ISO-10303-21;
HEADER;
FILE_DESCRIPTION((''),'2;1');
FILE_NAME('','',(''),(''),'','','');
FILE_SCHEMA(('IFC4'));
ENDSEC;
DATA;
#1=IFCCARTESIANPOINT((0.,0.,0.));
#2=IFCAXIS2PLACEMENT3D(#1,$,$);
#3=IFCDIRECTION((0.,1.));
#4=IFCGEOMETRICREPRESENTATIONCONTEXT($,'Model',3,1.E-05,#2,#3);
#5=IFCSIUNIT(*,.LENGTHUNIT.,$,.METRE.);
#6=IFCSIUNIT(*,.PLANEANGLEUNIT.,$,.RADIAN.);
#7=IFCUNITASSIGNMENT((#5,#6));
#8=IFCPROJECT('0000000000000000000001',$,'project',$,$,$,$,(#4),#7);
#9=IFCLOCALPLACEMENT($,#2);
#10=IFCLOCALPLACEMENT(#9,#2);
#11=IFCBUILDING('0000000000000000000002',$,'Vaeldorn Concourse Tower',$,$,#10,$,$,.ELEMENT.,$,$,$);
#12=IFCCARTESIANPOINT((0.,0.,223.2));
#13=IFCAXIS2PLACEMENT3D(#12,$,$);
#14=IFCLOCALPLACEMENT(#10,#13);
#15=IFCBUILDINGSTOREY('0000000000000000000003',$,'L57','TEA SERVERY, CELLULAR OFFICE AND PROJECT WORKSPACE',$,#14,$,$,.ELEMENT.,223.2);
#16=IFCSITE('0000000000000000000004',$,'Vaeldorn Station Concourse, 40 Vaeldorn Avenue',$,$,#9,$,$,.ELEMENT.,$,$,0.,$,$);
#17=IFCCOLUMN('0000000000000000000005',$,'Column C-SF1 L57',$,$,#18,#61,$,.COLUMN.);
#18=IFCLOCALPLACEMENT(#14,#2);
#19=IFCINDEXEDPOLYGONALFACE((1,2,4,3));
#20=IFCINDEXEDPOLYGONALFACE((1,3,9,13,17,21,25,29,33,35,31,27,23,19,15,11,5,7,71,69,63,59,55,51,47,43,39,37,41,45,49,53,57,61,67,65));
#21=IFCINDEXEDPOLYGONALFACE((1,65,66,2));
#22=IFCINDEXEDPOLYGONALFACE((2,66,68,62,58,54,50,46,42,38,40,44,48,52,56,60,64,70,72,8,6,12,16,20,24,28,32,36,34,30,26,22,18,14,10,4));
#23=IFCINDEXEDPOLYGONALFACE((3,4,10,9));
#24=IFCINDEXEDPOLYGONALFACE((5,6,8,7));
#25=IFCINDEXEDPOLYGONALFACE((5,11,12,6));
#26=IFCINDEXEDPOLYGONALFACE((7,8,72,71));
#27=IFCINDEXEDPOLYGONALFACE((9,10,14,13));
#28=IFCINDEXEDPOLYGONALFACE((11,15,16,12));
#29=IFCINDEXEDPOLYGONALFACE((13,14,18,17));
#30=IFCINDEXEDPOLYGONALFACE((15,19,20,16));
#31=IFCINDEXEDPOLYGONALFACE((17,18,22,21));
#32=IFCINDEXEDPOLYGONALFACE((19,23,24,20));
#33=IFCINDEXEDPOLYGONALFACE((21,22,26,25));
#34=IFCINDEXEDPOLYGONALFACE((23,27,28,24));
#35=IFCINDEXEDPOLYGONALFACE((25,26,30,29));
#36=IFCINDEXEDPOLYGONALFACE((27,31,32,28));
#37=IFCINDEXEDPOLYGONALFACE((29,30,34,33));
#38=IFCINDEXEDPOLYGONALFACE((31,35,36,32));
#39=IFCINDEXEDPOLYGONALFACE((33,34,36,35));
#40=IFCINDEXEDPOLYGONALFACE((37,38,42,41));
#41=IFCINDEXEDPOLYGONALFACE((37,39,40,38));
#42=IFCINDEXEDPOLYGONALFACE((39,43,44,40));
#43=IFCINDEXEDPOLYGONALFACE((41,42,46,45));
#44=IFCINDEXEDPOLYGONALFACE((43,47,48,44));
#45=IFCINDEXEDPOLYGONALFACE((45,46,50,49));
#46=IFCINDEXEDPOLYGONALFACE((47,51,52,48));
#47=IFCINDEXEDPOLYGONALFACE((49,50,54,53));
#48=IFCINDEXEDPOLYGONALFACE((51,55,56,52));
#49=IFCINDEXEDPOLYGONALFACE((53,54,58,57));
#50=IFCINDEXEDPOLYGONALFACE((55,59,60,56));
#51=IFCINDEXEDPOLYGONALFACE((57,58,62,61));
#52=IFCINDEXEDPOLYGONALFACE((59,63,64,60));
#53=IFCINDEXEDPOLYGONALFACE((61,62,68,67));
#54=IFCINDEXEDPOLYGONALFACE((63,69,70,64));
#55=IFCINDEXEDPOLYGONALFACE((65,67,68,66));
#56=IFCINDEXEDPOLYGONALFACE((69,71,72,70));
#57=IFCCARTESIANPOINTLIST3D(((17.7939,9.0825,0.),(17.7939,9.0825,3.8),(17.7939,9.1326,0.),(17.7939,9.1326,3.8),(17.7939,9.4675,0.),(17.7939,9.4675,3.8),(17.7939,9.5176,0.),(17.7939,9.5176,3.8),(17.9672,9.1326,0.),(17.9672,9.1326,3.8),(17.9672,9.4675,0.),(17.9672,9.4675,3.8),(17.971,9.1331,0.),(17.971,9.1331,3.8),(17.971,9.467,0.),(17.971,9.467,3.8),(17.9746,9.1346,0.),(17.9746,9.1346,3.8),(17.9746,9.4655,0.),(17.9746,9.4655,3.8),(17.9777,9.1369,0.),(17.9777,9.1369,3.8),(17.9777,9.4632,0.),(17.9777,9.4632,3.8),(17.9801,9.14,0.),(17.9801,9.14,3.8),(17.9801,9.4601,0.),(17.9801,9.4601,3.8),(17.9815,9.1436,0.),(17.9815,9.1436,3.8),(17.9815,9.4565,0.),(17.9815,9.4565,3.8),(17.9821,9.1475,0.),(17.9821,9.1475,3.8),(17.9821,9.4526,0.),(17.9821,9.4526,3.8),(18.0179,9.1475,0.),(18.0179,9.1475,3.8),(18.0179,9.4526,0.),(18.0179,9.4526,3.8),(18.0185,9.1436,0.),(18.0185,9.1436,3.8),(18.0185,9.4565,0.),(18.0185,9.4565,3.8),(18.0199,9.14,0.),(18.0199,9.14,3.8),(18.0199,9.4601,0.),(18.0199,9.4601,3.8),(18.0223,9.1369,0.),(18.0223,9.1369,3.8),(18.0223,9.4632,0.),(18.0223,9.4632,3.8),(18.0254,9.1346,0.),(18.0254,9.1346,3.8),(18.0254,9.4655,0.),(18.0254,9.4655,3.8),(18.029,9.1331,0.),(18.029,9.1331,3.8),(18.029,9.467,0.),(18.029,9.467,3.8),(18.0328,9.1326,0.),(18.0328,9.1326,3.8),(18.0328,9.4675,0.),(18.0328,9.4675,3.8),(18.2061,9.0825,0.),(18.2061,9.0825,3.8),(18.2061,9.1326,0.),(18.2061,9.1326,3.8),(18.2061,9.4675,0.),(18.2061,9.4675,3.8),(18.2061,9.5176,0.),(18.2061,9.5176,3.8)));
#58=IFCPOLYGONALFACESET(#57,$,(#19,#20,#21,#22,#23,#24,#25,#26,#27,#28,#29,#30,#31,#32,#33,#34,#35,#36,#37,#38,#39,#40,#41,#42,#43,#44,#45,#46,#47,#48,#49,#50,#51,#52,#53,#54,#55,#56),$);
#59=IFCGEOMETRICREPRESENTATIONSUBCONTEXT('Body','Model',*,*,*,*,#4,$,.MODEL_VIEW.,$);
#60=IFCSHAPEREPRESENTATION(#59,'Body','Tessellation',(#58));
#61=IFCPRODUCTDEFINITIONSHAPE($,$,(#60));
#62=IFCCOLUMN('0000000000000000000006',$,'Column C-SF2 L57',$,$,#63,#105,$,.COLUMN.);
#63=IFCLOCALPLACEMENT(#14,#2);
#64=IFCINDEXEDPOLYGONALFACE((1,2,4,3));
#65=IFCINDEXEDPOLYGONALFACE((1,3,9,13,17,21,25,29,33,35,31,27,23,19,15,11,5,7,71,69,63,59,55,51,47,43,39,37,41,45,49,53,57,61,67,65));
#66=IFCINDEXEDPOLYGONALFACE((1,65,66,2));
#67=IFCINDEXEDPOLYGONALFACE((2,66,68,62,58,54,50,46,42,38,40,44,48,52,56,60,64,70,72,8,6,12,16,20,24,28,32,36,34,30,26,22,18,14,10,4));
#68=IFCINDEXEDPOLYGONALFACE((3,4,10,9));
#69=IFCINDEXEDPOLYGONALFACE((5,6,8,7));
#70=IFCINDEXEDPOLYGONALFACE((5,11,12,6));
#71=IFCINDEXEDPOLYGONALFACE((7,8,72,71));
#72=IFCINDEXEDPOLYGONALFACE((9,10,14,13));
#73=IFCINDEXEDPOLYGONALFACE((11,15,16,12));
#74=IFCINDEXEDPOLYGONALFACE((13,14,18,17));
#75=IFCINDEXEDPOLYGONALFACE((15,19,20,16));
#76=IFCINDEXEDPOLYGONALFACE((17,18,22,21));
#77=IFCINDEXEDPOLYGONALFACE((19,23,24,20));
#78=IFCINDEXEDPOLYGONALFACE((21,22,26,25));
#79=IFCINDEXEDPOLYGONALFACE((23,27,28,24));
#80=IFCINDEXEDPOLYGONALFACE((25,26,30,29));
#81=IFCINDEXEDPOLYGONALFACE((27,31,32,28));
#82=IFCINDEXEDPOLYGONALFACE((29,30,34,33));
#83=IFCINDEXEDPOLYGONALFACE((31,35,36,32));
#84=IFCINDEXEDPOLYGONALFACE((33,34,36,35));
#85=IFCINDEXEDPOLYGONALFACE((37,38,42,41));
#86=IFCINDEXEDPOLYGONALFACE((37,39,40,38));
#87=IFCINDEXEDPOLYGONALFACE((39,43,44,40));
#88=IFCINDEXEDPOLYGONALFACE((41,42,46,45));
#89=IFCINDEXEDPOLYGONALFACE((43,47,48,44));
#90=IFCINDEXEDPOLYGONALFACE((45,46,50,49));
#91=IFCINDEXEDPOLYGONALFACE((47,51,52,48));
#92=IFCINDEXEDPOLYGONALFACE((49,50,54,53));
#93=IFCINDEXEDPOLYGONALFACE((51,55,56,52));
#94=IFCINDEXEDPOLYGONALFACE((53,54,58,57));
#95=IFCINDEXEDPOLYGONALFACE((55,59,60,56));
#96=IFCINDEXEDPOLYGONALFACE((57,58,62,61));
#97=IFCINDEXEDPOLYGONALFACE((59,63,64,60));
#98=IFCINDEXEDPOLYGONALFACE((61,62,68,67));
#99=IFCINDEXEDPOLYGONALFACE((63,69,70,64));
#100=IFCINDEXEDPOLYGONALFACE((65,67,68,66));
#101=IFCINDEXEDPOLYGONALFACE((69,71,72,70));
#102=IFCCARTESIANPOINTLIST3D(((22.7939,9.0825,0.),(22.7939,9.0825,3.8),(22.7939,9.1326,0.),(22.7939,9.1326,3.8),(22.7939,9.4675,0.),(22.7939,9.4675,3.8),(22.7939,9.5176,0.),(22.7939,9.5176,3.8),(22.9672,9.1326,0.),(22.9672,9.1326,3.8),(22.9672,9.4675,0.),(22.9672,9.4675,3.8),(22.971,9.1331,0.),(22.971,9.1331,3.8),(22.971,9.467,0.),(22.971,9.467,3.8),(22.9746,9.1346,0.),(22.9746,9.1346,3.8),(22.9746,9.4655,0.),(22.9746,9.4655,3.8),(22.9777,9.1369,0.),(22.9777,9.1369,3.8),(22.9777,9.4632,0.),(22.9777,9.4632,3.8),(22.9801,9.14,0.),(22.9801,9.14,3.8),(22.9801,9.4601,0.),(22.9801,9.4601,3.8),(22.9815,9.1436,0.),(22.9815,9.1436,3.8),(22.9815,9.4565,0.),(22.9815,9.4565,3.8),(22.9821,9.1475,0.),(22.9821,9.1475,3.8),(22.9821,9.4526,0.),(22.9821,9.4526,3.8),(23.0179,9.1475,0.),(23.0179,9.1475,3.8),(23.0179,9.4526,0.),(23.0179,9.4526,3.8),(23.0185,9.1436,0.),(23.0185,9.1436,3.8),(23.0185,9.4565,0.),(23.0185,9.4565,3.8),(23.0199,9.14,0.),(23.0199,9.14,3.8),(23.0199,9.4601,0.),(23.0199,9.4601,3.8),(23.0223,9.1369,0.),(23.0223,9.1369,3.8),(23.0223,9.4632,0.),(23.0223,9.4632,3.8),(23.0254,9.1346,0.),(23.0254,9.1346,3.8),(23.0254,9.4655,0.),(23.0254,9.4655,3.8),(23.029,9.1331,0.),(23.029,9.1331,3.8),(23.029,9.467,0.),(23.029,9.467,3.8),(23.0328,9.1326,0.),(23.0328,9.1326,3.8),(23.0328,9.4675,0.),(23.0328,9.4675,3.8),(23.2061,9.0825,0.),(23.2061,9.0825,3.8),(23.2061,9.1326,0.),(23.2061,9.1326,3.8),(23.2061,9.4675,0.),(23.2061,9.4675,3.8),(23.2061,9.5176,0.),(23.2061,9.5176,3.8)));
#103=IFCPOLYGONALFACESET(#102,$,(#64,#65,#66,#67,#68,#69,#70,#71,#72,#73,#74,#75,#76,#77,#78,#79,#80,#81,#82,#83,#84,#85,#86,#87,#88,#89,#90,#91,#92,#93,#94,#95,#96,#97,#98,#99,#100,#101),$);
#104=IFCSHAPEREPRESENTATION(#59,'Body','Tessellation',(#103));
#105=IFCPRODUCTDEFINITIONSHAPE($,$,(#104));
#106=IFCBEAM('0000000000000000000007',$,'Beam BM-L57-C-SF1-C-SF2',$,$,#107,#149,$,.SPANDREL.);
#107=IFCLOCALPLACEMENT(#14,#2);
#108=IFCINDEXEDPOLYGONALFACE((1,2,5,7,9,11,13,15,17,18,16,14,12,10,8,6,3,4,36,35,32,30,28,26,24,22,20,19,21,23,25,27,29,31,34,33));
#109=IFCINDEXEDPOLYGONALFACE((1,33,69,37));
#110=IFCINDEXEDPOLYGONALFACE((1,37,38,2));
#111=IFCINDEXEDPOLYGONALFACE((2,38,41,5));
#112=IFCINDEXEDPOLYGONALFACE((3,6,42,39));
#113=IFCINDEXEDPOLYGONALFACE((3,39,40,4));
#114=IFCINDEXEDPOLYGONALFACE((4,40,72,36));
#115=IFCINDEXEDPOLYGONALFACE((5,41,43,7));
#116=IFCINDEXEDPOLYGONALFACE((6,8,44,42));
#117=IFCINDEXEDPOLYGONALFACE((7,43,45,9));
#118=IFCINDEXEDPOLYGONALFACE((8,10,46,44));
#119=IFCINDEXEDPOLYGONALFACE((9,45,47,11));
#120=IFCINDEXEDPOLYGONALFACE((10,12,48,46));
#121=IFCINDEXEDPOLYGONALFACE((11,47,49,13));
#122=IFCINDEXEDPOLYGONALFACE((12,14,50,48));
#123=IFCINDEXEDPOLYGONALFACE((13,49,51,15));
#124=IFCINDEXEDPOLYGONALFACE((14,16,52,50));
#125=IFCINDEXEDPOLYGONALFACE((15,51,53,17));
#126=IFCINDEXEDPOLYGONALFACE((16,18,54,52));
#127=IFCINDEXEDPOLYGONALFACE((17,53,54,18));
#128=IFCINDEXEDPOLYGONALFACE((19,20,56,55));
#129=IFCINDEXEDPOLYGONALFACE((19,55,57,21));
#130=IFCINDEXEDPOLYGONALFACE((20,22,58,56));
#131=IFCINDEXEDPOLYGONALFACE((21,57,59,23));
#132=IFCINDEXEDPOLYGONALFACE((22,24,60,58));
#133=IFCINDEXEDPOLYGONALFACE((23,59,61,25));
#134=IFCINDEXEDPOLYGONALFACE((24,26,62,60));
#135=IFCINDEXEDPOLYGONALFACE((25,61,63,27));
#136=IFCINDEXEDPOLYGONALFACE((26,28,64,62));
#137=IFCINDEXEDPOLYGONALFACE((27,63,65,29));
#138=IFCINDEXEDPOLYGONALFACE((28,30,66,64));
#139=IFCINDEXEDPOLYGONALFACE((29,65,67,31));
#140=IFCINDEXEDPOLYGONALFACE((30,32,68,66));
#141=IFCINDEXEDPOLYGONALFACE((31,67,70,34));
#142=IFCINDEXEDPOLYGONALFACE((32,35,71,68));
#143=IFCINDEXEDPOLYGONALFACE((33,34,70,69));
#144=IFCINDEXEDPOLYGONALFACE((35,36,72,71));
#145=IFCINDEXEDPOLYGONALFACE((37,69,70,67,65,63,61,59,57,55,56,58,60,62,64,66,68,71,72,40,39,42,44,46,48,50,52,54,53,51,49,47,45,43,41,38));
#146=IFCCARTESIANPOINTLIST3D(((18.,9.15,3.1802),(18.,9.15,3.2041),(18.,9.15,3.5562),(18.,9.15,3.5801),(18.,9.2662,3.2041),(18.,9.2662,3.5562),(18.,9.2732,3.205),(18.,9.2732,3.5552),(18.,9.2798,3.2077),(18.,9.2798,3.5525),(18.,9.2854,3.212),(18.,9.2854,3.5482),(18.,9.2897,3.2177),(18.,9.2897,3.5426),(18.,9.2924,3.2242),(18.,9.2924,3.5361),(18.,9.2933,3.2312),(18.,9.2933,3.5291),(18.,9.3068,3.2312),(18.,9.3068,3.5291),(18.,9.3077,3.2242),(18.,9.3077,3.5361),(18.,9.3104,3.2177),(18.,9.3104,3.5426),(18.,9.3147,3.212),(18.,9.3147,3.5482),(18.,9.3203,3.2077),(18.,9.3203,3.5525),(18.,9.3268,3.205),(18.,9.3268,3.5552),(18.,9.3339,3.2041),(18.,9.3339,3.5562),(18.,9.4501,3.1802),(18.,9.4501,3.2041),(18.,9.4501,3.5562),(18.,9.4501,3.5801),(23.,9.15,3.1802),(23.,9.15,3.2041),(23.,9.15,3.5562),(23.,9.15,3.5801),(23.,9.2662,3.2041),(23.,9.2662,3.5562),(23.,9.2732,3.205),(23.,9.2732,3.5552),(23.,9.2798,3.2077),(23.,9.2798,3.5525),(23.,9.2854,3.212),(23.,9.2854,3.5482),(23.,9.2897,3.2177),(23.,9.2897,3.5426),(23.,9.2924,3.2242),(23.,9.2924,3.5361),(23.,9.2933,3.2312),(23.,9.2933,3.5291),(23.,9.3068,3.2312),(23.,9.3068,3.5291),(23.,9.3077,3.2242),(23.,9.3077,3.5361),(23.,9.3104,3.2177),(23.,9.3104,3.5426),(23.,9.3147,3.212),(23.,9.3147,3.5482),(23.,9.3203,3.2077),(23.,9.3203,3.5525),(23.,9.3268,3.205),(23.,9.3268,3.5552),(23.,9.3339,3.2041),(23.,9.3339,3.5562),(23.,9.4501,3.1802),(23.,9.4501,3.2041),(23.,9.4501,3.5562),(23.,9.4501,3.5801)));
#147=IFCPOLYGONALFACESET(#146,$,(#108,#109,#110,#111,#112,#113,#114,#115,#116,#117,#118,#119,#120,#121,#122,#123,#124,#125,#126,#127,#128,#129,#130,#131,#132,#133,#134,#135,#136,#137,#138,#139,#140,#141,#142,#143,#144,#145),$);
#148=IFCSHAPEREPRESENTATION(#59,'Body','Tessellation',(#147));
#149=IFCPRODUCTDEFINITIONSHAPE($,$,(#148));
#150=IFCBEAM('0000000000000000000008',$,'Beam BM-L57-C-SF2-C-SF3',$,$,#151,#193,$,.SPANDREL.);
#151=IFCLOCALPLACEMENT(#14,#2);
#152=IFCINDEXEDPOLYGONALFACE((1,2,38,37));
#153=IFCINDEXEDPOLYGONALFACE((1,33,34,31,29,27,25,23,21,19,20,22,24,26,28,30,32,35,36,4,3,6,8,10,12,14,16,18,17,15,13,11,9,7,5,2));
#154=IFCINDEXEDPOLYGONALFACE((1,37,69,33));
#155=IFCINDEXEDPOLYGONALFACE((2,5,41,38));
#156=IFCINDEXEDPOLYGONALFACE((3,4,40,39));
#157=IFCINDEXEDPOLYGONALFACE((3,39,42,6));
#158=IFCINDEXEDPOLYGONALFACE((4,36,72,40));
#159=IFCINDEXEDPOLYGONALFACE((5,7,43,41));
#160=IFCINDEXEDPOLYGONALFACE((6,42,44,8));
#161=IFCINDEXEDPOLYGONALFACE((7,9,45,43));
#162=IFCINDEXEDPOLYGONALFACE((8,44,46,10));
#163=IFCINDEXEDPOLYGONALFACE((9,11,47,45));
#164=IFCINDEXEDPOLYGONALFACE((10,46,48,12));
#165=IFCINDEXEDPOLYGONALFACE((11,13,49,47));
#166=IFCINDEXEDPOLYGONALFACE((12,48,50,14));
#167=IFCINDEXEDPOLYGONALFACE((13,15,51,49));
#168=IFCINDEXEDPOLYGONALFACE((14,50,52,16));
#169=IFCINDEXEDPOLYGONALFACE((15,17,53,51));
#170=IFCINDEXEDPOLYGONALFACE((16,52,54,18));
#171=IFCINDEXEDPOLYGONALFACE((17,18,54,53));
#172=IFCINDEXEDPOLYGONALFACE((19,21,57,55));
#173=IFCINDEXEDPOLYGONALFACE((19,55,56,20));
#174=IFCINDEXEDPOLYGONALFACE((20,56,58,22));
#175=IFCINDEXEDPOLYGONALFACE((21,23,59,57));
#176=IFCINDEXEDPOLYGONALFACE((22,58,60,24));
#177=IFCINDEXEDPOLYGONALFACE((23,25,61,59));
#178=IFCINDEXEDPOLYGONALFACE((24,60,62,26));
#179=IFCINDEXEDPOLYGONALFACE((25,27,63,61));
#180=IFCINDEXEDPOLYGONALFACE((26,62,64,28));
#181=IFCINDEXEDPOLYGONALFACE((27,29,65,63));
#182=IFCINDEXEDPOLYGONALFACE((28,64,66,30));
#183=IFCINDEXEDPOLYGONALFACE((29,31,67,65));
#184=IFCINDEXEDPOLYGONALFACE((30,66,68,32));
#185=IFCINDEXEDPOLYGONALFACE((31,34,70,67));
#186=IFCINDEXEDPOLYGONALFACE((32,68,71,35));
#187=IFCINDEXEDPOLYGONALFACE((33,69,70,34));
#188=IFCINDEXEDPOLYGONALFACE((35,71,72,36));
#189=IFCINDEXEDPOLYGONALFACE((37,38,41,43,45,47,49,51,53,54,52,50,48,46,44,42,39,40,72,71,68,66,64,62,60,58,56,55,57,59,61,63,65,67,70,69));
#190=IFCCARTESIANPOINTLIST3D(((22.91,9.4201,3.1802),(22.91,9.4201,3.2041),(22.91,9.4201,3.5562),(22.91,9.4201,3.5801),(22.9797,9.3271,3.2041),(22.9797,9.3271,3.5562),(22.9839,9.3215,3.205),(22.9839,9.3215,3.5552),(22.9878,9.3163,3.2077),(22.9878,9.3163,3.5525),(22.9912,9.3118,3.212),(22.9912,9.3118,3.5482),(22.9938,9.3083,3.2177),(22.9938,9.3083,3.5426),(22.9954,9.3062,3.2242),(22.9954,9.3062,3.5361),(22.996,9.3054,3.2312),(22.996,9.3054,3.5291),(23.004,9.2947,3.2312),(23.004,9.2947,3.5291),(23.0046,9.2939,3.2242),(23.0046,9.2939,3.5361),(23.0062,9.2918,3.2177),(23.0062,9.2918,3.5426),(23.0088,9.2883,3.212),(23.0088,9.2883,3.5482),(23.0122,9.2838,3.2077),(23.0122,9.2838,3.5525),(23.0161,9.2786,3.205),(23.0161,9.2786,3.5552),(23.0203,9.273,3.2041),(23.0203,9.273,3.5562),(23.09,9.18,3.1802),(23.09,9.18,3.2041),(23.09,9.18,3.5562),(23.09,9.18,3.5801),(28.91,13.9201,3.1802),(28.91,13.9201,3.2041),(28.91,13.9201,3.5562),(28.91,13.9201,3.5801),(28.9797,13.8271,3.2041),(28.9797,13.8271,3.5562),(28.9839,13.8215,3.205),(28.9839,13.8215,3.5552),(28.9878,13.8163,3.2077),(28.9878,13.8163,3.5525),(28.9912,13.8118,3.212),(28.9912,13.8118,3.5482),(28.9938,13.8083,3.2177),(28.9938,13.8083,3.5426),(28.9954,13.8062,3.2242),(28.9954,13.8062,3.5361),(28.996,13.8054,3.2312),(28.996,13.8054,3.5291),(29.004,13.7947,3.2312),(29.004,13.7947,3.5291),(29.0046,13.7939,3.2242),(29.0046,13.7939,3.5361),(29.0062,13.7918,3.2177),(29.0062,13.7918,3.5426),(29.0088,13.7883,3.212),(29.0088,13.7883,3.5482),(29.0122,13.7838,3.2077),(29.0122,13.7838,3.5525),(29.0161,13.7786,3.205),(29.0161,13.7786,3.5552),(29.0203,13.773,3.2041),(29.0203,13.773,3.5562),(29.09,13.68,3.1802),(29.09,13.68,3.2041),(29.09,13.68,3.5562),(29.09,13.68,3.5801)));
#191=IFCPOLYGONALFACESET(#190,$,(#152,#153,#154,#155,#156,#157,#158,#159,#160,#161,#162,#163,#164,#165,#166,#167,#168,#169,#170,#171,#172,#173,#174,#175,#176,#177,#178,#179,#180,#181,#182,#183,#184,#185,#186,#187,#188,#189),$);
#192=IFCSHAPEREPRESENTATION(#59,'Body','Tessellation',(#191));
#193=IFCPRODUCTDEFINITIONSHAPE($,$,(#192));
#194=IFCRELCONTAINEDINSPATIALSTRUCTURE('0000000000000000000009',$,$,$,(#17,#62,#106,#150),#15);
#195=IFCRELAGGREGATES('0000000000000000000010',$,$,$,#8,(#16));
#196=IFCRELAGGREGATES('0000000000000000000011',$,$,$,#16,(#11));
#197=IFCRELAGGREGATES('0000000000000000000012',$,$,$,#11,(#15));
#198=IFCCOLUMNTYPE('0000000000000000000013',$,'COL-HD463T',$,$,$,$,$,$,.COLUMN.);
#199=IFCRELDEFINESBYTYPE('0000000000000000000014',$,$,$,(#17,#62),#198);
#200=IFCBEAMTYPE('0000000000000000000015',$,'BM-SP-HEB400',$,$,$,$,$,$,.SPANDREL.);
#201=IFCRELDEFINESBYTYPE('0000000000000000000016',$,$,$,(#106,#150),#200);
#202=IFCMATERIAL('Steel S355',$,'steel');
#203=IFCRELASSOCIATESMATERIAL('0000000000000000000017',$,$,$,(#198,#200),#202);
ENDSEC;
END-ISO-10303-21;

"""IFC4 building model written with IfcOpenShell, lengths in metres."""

from ifc_helpers import new_model, si_unit, direction, frame, origin, origin_2d, place, context, subcontext, project, spatial, i_section, extrude, source, transform, mapped, material, material_profile, profile_set, type_object, element, save


model = new_model("IFC4")

# Units and contexts
model_context = context("Model", 3, precision=1e-05, world=origin(), true_north=direction((0.0, 1.0)))
body_context = subcontext(model_context, "Body", "Model", "MODEL_VIEW")
ifc_project = project(units=[si_unit("LENGTHUNIT", "METRE"), si_unit("PLANEANGLEUNIT", "RADIAN")], contexts=[model_context])

# Site, building, storey
site_placement = place(None, origin())
site = spatial("IfcSite", under=ifc_project, at=site_placement, Name="Vaeldorn Station Concourse, 40 Vaeldorn Avenue", CompositionType="ELEMENT", RefElevation=0.0)
building_placement = place(site_placement, origin())
building = spatial("IfcBuilding", under=site, at=building_placement, Name="Vaeldorn Concourse Tower", CompositionType="ELEMENT")
storey_placement = place(building_placement, frame((0.0, 0.0, 223.2)))
storey = spatial("IfcBuildingStorey", under=building, at=storey_placement, Name="L57", Description="TEA SERVERY, CELLULAR OFFICE AND PROJECT WORKSPACE", CompositionType="ELEMENT", Elevation=223.2)

# Columns
ifc_material_1 = material(Name="Steel S355", Category="steel")
ifc_material_profile_1 = material_profile(ifc_material_1, i_section(OverallWidth=0.4121, OverallDepth=0.4351, WebThickness=0.0359, FlangeThickness=0.05, FilletRadius=0.0149, at=origin_2d()), Name="HD 400x463")
ifc_profile_set_1 = profile_set([ifc_material_profile_1], Name="Steel S355")
column_type = type_object("IfcColumnType", Name="COL-HD463T", PredefinedType="COLUMN", material=ifc_profile_set_1)
shared_shape_1 = source(origin(), body_context, "Body", "SweptSolid", [
    extrude(i_section(OverallWidth=0.4121, OverallDepth=0.4351, WebThickness=0.0359, FlangeThickness=0.05, FilletRadius=0.0149, at=origin_2d()), origin(), (0.0, 0.0, 1.0), 3.8),
])
for number, where, z_axis, x_axis, name in (
    (1, (18.0, 9.3, 0.0), (0.0, 0.0, 1.0), (1.0, 0.0, 0.0), "Column C-SF1 L57"),
    (2, (23.0, 9.3, 0.0), (0.0, 0.0, 1.0), (1.0, 0.0, 0.0), "Column C-SF2 L57"),
):
    element("IfcColumn", number, at=place(storey_placement, frame(where, z_axis=z_axis, x_axis=x_axis)), inside=storey, type_object=column_type, Name=name, PredefinedType="COLUMN", context=body_context, shape_type="MappedRepresentation", body=[
        mapped(shared_shape_1, transform((0.0, 0.0, 0.0), scale=1.0)),
    ])

# Beams
ifc_material_profile_2 = material_profile(ifc_material_1, i_section(OverallWidth=0.3, OverallDepth=0.3999, WebThickness=0.0134, FlangeThickness=0.0239, FilletRadius=0.0271, at=origin_2d()), Name="HEB 400")
ifc_profile_set_2 = profile_set([ifc_material_profile_2], Name="Steel S355")
beam_type_1 = type_object("IfcBeamType", Name="BM-SP-HEB400", PredefinedType="SPANDREL", material=ifc_profile_set_2)
shared_shape_2 = source(origin(), body_context, "Body", "SweptSolid", [
    extrude(i_section(OverallWidth=0.3, OverallDepth=0.3999, WebThickness=0.0134, FlangeThickness=0.0239, FilletRadius=0.0271, at=origin_2d()), origin(), (0.0, 0.0, 1.0), 5.0),
])
beam_1_placement = place(storey_placement, frame((18.0, 9.3, 3.3801), z_axis=(1.0, 0.0, 0.0), x_axis=(0.0, 1.0, 0.0)))
element("IfcBeam", 3, at=beam_1_placement, inside=storey, type_object=beam_type_1, Name="Beam BM-L57-C-SF1-C-SF2", PredefinedType="SPANDREL", context=body_context, shape_type="MappedRepresentation", body=[
    mapped(shared_shape_2, transform((0.0, 0.0, 0.0), scale=1.0)),
])
shared_shape_3 = source(origin(), body_context, "Body", "SweptSolid", [
    extrude(i_section(OverallWidth=0.3, OverallDepth=0.3999, WebThickness=0.0134, FlangeThickness=0.0239, FilletRadius=0.0271, at=origin_2d()), origin(), (0.0, 0.0, 1.0), 7.5),
])
beam_2_placement = place(storey_placement, frame((23.0, 9.3, 3.3801), z_axis=(0.8, 0.6, 0.0), x_axis=(-0.6, 0.8, 0.0)))
element("IfcBeam", 4, at=beam_2_placement, inside=storey, type_object=beam_type_1, Name="Beam BM-L57-C-SF2-C-SF3", PredefinedType="SPANDREL", context=body_context, shape_type="MappedRepresentation", body=[
    mapped(shared_shape_3, transform((0.0, 0.0, 0.0), scale=1.0)),
])

save(model, "model.ifc")
